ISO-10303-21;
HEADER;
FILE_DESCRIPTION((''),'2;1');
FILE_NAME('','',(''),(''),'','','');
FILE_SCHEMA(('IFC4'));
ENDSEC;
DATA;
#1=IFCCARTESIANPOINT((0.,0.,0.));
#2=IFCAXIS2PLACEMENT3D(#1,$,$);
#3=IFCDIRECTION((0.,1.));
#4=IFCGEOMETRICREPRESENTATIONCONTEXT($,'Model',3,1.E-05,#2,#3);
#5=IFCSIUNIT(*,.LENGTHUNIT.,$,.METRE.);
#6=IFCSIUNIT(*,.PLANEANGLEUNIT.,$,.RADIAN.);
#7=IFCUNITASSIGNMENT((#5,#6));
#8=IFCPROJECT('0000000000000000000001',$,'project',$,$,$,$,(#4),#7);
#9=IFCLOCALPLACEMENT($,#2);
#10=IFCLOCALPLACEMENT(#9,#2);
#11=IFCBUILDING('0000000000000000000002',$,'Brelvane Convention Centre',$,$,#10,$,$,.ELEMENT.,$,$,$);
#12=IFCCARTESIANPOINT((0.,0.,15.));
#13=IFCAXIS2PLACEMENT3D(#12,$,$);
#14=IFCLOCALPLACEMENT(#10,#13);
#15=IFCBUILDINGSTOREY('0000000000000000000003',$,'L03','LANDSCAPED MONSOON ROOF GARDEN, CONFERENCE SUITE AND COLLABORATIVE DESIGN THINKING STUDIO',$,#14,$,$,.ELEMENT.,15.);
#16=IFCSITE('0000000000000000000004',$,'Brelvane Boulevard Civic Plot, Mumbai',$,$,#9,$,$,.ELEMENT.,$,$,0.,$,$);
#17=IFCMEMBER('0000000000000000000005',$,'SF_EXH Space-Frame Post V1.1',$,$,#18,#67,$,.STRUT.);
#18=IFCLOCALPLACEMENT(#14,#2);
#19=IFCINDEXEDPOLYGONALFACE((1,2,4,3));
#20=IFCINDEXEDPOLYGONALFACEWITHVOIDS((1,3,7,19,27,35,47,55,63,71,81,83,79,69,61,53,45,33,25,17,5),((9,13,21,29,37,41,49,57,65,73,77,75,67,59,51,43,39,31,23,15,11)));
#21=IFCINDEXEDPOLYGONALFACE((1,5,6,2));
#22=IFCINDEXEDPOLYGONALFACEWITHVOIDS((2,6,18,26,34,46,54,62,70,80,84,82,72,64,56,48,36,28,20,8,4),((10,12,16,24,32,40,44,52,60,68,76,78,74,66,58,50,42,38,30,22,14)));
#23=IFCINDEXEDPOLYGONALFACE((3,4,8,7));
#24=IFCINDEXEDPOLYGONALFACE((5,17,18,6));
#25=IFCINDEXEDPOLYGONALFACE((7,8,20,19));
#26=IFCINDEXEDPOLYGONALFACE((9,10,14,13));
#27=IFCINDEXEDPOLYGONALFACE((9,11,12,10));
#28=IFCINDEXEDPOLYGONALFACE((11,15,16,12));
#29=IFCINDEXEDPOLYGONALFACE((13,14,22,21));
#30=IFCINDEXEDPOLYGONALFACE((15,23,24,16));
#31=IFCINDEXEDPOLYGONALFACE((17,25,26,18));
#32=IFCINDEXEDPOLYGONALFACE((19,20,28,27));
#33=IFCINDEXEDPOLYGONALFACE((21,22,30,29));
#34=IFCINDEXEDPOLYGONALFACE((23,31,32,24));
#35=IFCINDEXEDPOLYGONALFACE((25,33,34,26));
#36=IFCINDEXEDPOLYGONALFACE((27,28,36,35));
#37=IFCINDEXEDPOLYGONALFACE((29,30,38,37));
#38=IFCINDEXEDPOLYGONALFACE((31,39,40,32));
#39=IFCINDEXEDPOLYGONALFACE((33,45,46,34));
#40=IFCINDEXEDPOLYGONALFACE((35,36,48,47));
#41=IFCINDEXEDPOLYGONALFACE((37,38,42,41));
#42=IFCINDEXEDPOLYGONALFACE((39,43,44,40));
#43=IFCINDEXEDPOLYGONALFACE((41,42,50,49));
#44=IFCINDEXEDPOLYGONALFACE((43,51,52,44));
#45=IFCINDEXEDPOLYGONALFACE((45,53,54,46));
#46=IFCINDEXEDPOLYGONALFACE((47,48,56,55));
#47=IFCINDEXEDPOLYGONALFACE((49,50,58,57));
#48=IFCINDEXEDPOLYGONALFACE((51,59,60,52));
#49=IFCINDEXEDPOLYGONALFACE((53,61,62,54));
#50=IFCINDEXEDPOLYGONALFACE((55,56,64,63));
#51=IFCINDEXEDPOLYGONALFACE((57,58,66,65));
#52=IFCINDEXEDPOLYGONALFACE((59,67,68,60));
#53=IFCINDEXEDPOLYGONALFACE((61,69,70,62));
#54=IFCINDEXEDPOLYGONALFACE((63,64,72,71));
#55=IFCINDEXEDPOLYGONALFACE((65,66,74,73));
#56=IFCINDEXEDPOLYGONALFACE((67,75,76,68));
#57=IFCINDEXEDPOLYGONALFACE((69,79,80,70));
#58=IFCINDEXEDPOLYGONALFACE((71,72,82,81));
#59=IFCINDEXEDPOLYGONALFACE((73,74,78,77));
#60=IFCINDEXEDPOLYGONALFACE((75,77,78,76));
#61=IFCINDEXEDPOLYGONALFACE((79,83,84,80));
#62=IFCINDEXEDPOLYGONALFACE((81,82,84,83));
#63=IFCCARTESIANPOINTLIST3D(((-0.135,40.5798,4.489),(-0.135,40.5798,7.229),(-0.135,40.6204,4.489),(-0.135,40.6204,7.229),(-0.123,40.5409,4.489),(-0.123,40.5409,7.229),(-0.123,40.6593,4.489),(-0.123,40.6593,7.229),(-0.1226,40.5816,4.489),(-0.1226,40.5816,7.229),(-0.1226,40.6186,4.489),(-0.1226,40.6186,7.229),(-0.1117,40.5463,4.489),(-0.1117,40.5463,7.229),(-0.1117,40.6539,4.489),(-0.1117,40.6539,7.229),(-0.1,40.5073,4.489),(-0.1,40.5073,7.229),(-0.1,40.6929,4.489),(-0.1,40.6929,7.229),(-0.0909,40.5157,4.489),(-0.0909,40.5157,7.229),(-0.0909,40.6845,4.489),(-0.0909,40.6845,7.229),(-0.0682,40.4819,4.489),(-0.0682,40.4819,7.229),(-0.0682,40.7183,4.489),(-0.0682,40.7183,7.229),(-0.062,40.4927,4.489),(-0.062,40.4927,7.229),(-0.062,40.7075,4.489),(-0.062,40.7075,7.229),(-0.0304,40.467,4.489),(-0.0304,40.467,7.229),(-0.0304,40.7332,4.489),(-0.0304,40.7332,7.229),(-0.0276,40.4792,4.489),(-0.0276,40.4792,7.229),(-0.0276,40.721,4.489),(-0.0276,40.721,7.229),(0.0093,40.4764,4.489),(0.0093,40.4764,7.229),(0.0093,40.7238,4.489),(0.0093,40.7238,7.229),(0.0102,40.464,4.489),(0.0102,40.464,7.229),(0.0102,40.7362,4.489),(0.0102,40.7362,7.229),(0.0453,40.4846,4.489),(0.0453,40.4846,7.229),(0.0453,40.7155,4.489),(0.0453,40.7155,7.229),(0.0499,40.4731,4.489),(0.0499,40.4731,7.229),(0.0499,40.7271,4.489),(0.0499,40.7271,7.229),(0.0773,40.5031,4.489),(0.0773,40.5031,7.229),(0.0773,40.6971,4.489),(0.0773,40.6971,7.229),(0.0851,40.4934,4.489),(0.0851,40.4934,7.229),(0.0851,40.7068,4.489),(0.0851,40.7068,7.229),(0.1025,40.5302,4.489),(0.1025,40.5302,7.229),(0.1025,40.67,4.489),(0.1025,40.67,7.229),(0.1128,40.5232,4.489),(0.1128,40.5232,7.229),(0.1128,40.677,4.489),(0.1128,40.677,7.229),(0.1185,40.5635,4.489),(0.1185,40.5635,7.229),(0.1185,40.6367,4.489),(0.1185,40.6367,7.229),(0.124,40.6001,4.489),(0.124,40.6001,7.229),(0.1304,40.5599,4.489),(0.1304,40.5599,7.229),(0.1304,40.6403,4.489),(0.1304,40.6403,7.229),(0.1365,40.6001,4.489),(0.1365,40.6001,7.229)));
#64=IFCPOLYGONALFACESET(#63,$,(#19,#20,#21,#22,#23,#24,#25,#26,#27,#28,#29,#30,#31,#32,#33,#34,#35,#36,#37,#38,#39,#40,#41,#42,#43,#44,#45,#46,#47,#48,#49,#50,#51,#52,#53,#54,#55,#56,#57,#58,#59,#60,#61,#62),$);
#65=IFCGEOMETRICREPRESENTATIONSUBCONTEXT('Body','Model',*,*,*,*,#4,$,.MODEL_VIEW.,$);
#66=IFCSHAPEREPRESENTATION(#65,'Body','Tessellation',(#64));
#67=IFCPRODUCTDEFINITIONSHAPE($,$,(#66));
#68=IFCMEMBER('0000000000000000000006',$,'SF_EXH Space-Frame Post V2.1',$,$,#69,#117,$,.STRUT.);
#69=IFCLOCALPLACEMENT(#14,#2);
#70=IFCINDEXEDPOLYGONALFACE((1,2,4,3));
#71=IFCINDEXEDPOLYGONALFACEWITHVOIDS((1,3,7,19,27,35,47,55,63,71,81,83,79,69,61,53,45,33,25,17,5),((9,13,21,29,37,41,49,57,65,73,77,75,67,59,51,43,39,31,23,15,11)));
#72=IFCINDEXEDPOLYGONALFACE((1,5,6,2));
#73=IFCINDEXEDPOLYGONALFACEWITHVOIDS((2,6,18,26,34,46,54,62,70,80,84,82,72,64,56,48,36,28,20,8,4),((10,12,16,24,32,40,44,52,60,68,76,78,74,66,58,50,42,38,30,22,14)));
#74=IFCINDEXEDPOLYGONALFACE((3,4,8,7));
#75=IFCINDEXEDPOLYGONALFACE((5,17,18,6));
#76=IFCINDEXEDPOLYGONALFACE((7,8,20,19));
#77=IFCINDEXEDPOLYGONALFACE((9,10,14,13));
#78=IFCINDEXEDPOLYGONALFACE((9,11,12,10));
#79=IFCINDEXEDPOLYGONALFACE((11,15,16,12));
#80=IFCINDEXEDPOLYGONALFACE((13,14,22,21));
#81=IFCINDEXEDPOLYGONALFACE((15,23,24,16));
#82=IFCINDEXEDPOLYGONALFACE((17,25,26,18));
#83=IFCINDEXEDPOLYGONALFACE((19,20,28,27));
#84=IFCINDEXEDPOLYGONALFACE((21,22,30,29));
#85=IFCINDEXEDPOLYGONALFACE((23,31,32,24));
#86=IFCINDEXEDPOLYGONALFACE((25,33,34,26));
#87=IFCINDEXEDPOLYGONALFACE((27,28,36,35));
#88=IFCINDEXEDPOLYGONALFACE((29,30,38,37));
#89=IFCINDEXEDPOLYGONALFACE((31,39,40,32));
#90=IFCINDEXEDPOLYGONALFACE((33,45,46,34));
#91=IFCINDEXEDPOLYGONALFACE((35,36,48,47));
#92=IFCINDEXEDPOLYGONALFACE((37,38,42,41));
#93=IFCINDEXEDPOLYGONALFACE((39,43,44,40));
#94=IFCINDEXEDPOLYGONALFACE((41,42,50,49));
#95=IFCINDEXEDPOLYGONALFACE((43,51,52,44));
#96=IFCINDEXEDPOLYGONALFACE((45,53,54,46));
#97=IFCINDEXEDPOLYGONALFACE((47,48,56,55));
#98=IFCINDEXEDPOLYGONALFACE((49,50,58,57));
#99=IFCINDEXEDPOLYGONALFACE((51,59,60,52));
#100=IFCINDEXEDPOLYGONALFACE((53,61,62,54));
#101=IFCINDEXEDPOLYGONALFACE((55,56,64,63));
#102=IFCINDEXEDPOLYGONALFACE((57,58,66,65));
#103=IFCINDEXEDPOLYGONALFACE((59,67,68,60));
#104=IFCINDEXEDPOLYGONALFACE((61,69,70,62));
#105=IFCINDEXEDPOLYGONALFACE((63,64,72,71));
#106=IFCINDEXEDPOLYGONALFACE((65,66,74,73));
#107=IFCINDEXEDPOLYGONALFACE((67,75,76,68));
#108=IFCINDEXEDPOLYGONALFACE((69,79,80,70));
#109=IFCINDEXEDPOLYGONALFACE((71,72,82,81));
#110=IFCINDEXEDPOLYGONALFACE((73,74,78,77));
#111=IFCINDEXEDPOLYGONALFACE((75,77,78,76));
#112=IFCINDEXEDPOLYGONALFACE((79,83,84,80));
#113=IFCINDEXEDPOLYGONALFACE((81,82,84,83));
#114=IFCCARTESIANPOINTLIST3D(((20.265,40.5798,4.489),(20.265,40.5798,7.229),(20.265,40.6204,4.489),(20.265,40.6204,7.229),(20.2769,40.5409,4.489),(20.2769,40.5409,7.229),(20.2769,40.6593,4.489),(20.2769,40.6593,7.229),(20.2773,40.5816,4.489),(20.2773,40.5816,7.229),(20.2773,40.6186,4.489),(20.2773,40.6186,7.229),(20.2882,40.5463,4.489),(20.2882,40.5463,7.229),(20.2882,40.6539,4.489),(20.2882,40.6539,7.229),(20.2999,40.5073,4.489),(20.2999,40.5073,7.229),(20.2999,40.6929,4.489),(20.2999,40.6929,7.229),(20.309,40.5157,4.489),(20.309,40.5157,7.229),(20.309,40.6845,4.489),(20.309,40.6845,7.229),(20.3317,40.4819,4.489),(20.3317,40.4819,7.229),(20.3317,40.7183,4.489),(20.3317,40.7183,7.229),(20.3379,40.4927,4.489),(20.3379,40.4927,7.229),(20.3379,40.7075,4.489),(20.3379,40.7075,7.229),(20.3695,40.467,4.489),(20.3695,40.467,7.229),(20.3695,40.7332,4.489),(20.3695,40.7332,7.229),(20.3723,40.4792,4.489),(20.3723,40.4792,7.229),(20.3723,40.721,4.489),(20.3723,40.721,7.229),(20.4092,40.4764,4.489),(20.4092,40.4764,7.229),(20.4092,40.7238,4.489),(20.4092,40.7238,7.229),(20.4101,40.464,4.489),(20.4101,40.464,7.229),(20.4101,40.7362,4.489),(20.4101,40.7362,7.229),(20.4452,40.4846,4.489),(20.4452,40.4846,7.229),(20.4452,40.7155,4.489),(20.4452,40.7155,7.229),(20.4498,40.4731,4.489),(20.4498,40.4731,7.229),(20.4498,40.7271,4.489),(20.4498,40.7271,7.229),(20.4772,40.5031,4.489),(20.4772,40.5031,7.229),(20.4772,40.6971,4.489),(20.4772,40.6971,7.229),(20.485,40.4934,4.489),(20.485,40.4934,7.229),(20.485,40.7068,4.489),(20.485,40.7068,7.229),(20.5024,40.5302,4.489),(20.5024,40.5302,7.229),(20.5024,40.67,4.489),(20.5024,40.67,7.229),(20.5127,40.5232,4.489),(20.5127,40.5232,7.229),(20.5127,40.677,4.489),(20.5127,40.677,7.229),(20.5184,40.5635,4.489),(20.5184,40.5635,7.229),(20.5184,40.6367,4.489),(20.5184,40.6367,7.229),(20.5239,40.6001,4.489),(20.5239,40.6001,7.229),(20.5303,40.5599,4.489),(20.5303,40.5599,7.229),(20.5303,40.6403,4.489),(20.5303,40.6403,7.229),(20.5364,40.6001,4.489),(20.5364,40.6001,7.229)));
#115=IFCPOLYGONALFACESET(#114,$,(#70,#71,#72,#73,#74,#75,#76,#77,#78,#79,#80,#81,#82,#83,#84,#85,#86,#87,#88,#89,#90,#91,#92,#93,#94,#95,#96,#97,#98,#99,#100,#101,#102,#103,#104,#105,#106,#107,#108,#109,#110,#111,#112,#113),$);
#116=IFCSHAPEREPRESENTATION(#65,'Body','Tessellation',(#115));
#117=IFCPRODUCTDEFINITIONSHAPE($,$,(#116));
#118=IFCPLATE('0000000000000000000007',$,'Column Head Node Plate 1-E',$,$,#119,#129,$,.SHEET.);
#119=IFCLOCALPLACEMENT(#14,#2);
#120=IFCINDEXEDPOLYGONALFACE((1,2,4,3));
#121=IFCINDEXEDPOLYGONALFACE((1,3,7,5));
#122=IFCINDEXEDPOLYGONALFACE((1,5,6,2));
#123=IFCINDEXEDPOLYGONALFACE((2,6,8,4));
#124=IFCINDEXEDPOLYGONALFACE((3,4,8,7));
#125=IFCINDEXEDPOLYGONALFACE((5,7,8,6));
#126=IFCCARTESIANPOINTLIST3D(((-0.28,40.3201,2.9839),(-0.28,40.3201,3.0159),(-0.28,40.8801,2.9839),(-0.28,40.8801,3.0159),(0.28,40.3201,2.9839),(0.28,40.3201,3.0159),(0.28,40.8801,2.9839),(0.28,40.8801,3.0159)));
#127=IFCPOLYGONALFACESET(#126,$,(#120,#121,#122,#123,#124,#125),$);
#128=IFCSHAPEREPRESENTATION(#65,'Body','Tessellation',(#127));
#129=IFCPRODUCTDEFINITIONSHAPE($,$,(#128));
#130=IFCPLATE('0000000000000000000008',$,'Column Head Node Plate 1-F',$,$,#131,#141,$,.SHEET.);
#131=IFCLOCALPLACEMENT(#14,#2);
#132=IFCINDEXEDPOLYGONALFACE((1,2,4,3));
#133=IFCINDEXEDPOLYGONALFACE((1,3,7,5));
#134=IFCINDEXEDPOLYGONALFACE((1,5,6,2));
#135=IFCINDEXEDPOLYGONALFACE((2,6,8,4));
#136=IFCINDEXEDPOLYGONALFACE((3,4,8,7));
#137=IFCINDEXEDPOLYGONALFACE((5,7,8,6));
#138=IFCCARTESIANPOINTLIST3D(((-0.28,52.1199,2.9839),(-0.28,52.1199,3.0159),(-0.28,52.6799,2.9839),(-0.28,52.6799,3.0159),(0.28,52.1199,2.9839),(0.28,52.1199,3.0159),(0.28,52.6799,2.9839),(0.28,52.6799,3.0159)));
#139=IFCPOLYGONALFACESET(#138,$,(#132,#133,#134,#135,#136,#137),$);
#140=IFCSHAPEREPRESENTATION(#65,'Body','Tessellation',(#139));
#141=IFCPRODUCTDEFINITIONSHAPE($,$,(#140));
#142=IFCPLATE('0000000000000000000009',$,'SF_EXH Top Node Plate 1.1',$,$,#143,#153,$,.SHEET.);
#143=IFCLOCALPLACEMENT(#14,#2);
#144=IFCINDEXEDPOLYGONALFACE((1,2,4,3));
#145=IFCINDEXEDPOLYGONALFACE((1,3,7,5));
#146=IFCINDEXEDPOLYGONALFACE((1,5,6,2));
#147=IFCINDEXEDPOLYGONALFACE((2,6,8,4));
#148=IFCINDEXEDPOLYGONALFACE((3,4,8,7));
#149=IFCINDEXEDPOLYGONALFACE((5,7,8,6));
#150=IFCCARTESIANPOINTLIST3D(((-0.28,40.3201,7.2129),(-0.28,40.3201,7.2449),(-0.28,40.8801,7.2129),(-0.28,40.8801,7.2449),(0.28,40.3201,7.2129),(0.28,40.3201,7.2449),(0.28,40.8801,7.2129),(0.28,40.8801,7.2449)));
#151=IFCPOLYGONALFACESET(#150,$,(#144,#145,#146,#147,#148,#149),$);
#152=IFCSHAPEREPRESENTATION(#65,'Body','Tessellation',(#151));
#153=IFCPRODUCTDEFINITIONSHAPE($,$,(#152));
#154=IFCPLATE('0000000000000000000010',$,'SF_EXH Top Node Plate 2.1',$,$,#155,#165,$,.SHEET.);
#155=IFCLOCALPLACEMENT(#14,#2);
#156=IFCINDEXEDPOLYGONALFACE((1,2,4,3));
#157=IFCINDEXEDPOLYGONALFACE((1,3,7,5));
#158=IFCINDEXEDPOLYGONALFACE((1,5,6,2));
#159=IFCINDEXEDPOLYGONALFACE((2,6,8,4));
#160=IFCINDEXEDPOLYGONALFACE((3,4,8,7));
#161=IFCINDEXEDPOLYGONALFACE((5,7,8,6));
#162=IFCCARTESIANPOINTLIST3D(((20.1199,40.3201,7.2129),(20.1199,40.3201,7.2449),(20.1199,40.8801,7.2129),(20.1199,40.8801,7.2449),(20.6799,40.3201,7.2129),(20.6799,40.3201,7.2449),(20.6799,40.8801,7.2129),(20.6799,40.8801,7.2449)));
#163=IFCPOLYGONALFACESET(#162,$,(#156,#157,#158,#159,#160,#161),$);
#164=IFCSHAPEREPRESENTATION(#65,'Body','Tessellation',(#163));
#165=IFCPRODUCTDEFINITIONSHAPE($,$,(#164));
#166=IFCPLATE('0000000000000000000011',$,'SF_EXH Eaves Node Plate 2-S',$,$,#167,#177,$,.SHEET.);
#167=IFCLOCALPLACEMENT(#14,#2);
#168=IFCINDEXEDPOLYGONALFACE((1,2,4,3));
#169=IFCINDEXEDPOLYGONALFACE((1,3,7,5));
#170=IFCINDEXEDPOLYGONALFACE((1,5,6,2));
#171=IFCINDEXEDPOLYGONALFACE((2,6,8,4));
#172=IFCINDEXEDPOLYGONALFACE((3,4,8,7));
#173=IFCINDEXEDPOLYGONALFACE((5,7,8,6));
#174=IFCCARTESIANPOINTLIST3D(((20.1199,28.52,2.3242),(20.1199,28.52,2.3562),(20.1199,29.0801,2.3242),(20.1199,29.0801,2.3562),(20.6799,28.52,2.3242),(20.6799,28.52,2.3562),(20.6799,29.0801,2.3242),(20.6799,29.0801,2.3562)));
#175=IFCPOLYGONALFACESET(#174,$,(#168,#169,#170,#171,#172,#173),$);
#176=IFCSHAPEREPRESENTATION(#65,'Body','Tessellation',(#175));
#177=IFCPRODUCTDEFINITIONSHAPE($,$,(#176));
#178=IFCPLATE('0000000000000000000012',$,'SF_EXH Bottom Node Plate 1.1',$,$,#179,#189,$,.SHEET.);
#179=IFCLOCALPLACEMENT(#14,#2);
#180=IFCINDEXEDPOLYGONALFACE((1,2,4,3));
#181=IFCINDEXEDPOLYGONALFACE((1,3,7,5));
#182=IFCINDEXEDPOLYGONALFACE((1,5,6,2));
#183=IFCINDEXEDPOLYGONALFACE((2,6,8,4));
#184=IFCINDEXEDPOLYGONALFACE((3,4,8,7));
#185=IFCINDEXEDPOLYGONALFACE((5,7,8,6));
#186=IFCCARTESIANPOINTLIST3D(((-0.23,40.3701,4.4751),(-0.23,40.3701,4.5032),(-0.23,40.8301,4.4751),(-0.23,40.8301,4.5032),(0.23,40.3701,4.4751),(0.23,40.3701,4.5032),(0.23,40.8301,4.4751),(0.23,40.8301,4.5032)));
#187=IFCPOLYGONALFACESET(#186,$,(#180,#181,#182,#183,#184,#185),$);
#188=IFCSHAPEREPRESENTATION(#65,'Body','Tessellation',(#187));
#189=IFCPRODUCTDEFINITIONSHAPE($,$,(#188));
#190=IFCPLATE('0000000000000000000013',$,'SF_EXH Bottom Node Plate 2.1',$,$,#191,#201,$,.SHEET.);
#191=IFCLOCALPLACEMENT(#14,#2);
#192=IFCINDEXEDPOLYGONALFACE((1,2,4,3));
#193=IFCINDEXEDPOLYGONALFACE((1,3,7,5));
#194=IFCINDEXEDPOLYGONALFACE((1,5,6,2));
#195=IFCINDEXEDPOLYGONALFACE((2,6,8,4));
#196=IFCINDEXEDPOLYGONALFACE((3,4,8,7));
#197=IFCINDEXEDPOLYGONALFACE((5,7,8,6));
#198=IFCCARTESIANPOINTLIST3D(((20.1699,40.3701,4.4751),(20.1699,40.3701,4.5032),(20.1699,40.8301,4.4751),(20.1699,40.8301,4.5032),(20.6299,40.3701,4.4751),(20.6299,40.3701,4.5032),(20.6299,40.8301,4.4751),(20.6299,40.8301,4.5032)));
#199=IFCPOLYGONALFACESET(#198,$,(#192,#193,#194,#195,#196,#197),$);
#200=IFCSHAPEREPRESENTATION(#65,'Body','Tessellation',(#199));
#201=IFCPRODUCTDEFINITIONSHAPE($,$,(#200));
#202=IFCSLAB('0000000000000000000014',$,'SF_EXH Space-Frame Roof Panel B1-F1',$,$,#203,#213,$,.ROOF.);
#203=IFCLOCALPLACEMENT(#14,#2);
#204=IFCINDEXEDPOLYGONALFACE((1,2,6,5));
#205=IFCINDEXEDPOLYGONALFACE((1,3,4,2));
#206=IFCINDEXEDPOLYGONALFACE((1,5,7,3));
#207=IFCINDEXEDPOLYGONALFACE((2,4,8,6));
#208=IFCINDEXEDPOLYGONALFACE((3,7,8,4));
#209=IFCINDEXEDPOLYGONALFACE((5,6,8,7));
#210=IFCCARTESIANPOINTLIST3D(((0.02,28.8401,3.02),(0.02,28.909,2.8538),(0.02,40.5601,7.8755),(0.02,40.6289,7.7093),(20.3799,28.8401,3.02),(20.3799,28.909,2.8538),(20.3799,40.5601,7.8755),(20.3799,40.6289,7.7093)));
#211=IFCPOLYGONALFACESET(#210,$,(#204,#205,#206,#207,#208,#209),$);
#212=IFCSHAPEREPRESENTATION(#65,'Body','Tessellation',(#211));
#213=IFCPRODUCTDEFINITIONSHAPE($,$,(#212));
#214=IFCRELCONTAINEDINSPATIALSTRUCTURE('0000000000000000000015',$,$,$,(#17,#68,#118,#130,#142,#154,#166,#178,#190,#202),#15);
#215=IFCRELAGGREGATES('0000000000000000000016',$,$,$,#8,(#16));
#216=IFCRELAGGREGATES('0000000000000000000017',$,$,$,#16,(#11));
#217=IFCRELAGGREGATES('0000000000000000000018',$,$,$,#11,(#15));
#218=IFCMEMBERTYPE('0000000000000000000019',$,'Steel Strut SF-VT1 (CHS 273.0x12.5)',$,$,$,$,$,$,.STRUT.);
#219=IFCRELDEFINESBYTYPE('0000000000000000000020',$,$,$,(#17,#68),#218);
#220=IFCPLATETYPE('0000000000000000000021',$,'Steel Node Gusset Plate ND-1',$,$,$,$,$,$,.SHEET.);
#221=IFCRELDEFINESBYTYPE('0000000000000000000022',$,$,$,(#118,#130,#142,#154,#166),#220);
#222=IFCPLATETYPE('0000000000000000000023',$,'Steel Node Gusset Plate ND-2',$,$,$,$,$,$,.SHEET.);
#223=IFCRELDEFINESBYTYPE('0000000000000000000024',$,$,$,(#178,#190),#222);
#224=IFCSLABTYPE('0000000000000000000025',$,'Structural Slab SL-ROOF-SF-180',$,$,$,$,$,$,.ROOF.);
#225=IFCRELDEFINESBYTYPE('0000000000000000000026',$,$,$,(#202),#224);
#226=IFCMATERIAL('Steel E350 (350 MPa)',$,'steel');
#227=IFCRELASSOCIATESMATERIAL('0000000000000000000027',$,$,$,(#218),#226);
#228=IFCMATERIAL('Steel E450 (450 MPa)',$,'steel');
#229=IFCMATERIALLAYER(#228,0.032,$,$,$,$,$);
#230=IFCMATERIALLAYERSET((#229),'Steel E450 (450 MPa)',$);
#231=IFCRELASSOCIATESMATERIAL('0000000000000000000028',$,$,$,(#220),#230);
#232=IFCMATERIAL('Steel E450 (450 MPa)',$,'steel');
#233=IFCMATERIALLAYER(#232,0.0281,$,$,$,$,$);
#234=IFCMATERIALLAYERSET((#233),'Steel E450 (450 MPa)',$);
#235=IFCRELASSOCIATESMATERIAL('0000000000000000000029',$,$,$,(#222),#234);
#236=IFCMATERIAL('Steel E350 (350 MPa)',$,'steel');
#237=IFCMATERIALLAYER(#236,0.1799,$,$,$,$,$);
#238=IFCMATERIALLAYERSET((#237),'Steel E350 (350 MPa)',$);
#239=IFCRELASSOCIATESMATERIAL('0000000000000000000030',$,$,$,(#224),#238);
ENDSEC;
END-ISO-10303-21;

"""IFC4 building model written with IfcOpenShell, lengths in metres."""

from ifc_helpers import new_model, si_unit, direction, frame, origin, origin_2d, place, context, subcontext, project, spatial, polyline, rectangle, hollow_circle, outline, extrude, material, layer, layer_set, material_profile, profile_set, type_object, element, save


model = new_model("IFC4")

# Units and contexts
model_context = context("Model", 3, precision=1e-05, world=origin(), true_north=direction((0.0, 1.0)))
body_context = subcontext(model_context, "Body", "Model", "MODEL_VIEW")
ifc_project = project(units=[si_unit("LENGTHUNIT", "METRE"), si_unit("PLANEANGLEUNIT", "RADIAN")], contexts=[model_context])

# Site, building, storey
site_placement = place(None, origin())
site = spatial("IfcSite", under=ifc_project, at=site_placement, Name="Brelvane Boulevard Civic Plot, Mumbai", CompositionType="ELEMENT", RefElevation=0.0)
building_placement = place(site_placement, origin())
building = spatial("IfcBuilding", under=site, at=building_placement, Name="Brelvane Convention Centre", CompositionType="ELEMENT")
storey_placement = place(building_placement, frame((0.0, 0.0, 15.0)))
storey = spatial("IfcBuildingStorey", under=building, at=storey_placement, Name="L03", Description="LANDSCAPED MONSOON ROOF GARDEN, CONFERENCE SUITE AND COLLABORATIVE DESIGN THINKING STUDIO", CompositionType="ELEMENT", Elevation=15.0)

# Members
ifc_material_1 = material(Name="Steel E350 (350 MPa)", Category="steel")
ifc_material_profile_1 = material_profile(ifc_material_1, hollow_circle(Radius=0.1365, WallThickness=0.0125, at=origin_2d()), Name="CHS 273.0x12.5")
ifc_profile_set_1 = profile_set([ifc_material_profile_1], Name="Steel E350 (350 MPa)")
member_type_1 = type_object("IfcMemberType", Name="Steel Strut SF-VT1 (CHS 273.0x12.5)", PredefinedType="STRUT", material=ifc_profile_set_1)
for number, where, z_axis, x_axis, name in (
    (1, (0.0, 40.6001, 4.489), (0.0, 0.0, 1.0), (1.0, 0.0, 0.0), "SF_EXH Space-Frame Post V1.1"),
    (2, (20.3999, 40.6001, 4.489), (0.0, 0.0, 1.0), (1.0, 0.0, 0.0), "SF_EXH Space-Frame Post V2.1"),
):
    element("IfcMember", number, at=place(storey_placement, frame(where, z_axis=z_axis, x_axis=x_axis)), inside=storey, type_object=member_type_1, Name=name, PredefinedType="STRUT", context=body_context, shape_type="SweptSolid", body=[
        extrude(hollow_circle(Radius=0.1365, WallThickness=0.0125, at=origin_2d()), origin(), (0.0, 0.0, 1.0), 2.74),
    ])

# Plates
ifc_material_2 = material(Name="Steel E450 (450 MPa)", Category="steel")
ifc_layer_1 = layer(ifc_material_2, 0.032)
ifc_layer_set_1 = layer_set([ifc_layer_1], Name="Steel E450 (450 MPa)")
plate_type_1 = type_object("IfcPlateType", Name="Steel Node Gusset Plate ND-1", PredefinedType="SHEET", material=ifc_layer_set_1)
for number, where, z_axis, x_axis, name in (
    (3, (0.0, 40.6001, 2.9839), (0.0, 0.0, 1.0), (1.0, 0.0, 0.0), "Column Head Node Plate 1-E"),
    (4, (0.0, 52.3999, 2.9839), (0.0, 0.0, 1.0), (1.0, 0.0, 0.0), "Column Head Node Plate 1-F"),
    (5, (0.0, 40.6001, 7.2129), (0.0, 0.0, 1.0), (1.0, 0.0, 0.0), "SF_EXH Top Node Plate 1.1"),
    (6, (20.3999, 40.6001, 7.2129), (0.0, 0.0, 1.0), (1.0, 0.0, 0.0), "SF_EXH Top Node Plate 2.1"),
    (7, (20.3999, 28.8, 2.3242), (0.0, 0.0, 1.0), (1.0, 0.0, 0.0), "SF_EXH Eaves Node Plate 2-S"),
):
    element("IfcPlate", number, at=place(storey_placement, frame(where, z_axis=z_axis, x_axis=x_axis)), inside=storey, type_object=plate_type_1, Name=name, PredefinedType="SHEET", context=body_context, shape_type="SweptSolid", body=[
        extrude(rectangle(XDim=0.5601, YDim=0.5601, at=origin_2d()), origin(), (0.0, 0.0, 1.0), 0.032),
    ])
ifc_material_3 = material(Name="Steel E450 (450 MPa)", Category="steel")
ifc_layer_2 = layer(ifc_material_3, 0.0281)
ifc_layer_set_2 = layer_set([ifc_layer_2], Name="Steel E450 (450 MPa)")
plate_type_2 = type_object("IfcPlateType", Name="Steel Node Gusset Plate ND-2", PredefinedType="SHEET", material=ifc_layer_set_2)
for number, where, z_axis, x_axis, name in (
    (8, (0.0, 40.6001, 4.4751), (0.0, 0.0, 1.0), (1.0, 0.0, 0.0), "SF_EXH Bottom Node Plate 1.1"),
    (9, (20.3999, 40.6001, 4.4751), (0.0, 0.0, 1.0), (1.0, 0.0, 0.0), "SF_EXH Bottom Node Plate 2.1"),
):
    element("IfcPlate", number, at=place(storey_placement, frame(where, z_axis=z_axis, x_axis=x_axis)), inside=storey, type_object=plate_type_2, Name=name, PredefinedType="SHEET", context=body_context, shape_type="SweptSolid", body=[
        extrude(rectangle(XDim=0.46, YDim=0.46, at=origin_2d()), origin(), (0.0, 0.0, 1.0), 0.0281),
    ])

# Slab
ifc_material_4 = material(Name="Steel E350 (350 MPa)", Category="steel")
ifc_layer_3 = layer(ifc_material_4, 0.1799)
ifc_layer_set_3 = layer_set([ifc_layer_3], Name="Steel E350 (350 MPa)")
slab_type = type_object("IfcSlabType", Name="Structural Slab SL-ROOF-SF-180", PredefinedType="ROOF", material=ifc_layer_set_3)
slab_1_placement = place(storey_placement, frame((0.02, 28.8401, 3.02), z_axis=(0.0, -0.382744, 0.923855), x_axis=(1.0, 0.0, 0.0)))
element("IfcSlab", 10, at=slab_1_placement, inside=storey, type_object=slab_type, Name="SF_EXH Space-Frame Roof Panel B1-F1", PredefinedType="ROOF", context=body_context, shape_type="SweptSolid", body=[
    extrude(outline(polyline([(0.0, 0.0), (20.3599, 0.0), (20.3599, 12.6859), (0.0, 12.6859), (0.0, 0.0)])), origin(), (0.0, 0.0, -1.0), 0.1799),
])

save(model, "model.ifc")
